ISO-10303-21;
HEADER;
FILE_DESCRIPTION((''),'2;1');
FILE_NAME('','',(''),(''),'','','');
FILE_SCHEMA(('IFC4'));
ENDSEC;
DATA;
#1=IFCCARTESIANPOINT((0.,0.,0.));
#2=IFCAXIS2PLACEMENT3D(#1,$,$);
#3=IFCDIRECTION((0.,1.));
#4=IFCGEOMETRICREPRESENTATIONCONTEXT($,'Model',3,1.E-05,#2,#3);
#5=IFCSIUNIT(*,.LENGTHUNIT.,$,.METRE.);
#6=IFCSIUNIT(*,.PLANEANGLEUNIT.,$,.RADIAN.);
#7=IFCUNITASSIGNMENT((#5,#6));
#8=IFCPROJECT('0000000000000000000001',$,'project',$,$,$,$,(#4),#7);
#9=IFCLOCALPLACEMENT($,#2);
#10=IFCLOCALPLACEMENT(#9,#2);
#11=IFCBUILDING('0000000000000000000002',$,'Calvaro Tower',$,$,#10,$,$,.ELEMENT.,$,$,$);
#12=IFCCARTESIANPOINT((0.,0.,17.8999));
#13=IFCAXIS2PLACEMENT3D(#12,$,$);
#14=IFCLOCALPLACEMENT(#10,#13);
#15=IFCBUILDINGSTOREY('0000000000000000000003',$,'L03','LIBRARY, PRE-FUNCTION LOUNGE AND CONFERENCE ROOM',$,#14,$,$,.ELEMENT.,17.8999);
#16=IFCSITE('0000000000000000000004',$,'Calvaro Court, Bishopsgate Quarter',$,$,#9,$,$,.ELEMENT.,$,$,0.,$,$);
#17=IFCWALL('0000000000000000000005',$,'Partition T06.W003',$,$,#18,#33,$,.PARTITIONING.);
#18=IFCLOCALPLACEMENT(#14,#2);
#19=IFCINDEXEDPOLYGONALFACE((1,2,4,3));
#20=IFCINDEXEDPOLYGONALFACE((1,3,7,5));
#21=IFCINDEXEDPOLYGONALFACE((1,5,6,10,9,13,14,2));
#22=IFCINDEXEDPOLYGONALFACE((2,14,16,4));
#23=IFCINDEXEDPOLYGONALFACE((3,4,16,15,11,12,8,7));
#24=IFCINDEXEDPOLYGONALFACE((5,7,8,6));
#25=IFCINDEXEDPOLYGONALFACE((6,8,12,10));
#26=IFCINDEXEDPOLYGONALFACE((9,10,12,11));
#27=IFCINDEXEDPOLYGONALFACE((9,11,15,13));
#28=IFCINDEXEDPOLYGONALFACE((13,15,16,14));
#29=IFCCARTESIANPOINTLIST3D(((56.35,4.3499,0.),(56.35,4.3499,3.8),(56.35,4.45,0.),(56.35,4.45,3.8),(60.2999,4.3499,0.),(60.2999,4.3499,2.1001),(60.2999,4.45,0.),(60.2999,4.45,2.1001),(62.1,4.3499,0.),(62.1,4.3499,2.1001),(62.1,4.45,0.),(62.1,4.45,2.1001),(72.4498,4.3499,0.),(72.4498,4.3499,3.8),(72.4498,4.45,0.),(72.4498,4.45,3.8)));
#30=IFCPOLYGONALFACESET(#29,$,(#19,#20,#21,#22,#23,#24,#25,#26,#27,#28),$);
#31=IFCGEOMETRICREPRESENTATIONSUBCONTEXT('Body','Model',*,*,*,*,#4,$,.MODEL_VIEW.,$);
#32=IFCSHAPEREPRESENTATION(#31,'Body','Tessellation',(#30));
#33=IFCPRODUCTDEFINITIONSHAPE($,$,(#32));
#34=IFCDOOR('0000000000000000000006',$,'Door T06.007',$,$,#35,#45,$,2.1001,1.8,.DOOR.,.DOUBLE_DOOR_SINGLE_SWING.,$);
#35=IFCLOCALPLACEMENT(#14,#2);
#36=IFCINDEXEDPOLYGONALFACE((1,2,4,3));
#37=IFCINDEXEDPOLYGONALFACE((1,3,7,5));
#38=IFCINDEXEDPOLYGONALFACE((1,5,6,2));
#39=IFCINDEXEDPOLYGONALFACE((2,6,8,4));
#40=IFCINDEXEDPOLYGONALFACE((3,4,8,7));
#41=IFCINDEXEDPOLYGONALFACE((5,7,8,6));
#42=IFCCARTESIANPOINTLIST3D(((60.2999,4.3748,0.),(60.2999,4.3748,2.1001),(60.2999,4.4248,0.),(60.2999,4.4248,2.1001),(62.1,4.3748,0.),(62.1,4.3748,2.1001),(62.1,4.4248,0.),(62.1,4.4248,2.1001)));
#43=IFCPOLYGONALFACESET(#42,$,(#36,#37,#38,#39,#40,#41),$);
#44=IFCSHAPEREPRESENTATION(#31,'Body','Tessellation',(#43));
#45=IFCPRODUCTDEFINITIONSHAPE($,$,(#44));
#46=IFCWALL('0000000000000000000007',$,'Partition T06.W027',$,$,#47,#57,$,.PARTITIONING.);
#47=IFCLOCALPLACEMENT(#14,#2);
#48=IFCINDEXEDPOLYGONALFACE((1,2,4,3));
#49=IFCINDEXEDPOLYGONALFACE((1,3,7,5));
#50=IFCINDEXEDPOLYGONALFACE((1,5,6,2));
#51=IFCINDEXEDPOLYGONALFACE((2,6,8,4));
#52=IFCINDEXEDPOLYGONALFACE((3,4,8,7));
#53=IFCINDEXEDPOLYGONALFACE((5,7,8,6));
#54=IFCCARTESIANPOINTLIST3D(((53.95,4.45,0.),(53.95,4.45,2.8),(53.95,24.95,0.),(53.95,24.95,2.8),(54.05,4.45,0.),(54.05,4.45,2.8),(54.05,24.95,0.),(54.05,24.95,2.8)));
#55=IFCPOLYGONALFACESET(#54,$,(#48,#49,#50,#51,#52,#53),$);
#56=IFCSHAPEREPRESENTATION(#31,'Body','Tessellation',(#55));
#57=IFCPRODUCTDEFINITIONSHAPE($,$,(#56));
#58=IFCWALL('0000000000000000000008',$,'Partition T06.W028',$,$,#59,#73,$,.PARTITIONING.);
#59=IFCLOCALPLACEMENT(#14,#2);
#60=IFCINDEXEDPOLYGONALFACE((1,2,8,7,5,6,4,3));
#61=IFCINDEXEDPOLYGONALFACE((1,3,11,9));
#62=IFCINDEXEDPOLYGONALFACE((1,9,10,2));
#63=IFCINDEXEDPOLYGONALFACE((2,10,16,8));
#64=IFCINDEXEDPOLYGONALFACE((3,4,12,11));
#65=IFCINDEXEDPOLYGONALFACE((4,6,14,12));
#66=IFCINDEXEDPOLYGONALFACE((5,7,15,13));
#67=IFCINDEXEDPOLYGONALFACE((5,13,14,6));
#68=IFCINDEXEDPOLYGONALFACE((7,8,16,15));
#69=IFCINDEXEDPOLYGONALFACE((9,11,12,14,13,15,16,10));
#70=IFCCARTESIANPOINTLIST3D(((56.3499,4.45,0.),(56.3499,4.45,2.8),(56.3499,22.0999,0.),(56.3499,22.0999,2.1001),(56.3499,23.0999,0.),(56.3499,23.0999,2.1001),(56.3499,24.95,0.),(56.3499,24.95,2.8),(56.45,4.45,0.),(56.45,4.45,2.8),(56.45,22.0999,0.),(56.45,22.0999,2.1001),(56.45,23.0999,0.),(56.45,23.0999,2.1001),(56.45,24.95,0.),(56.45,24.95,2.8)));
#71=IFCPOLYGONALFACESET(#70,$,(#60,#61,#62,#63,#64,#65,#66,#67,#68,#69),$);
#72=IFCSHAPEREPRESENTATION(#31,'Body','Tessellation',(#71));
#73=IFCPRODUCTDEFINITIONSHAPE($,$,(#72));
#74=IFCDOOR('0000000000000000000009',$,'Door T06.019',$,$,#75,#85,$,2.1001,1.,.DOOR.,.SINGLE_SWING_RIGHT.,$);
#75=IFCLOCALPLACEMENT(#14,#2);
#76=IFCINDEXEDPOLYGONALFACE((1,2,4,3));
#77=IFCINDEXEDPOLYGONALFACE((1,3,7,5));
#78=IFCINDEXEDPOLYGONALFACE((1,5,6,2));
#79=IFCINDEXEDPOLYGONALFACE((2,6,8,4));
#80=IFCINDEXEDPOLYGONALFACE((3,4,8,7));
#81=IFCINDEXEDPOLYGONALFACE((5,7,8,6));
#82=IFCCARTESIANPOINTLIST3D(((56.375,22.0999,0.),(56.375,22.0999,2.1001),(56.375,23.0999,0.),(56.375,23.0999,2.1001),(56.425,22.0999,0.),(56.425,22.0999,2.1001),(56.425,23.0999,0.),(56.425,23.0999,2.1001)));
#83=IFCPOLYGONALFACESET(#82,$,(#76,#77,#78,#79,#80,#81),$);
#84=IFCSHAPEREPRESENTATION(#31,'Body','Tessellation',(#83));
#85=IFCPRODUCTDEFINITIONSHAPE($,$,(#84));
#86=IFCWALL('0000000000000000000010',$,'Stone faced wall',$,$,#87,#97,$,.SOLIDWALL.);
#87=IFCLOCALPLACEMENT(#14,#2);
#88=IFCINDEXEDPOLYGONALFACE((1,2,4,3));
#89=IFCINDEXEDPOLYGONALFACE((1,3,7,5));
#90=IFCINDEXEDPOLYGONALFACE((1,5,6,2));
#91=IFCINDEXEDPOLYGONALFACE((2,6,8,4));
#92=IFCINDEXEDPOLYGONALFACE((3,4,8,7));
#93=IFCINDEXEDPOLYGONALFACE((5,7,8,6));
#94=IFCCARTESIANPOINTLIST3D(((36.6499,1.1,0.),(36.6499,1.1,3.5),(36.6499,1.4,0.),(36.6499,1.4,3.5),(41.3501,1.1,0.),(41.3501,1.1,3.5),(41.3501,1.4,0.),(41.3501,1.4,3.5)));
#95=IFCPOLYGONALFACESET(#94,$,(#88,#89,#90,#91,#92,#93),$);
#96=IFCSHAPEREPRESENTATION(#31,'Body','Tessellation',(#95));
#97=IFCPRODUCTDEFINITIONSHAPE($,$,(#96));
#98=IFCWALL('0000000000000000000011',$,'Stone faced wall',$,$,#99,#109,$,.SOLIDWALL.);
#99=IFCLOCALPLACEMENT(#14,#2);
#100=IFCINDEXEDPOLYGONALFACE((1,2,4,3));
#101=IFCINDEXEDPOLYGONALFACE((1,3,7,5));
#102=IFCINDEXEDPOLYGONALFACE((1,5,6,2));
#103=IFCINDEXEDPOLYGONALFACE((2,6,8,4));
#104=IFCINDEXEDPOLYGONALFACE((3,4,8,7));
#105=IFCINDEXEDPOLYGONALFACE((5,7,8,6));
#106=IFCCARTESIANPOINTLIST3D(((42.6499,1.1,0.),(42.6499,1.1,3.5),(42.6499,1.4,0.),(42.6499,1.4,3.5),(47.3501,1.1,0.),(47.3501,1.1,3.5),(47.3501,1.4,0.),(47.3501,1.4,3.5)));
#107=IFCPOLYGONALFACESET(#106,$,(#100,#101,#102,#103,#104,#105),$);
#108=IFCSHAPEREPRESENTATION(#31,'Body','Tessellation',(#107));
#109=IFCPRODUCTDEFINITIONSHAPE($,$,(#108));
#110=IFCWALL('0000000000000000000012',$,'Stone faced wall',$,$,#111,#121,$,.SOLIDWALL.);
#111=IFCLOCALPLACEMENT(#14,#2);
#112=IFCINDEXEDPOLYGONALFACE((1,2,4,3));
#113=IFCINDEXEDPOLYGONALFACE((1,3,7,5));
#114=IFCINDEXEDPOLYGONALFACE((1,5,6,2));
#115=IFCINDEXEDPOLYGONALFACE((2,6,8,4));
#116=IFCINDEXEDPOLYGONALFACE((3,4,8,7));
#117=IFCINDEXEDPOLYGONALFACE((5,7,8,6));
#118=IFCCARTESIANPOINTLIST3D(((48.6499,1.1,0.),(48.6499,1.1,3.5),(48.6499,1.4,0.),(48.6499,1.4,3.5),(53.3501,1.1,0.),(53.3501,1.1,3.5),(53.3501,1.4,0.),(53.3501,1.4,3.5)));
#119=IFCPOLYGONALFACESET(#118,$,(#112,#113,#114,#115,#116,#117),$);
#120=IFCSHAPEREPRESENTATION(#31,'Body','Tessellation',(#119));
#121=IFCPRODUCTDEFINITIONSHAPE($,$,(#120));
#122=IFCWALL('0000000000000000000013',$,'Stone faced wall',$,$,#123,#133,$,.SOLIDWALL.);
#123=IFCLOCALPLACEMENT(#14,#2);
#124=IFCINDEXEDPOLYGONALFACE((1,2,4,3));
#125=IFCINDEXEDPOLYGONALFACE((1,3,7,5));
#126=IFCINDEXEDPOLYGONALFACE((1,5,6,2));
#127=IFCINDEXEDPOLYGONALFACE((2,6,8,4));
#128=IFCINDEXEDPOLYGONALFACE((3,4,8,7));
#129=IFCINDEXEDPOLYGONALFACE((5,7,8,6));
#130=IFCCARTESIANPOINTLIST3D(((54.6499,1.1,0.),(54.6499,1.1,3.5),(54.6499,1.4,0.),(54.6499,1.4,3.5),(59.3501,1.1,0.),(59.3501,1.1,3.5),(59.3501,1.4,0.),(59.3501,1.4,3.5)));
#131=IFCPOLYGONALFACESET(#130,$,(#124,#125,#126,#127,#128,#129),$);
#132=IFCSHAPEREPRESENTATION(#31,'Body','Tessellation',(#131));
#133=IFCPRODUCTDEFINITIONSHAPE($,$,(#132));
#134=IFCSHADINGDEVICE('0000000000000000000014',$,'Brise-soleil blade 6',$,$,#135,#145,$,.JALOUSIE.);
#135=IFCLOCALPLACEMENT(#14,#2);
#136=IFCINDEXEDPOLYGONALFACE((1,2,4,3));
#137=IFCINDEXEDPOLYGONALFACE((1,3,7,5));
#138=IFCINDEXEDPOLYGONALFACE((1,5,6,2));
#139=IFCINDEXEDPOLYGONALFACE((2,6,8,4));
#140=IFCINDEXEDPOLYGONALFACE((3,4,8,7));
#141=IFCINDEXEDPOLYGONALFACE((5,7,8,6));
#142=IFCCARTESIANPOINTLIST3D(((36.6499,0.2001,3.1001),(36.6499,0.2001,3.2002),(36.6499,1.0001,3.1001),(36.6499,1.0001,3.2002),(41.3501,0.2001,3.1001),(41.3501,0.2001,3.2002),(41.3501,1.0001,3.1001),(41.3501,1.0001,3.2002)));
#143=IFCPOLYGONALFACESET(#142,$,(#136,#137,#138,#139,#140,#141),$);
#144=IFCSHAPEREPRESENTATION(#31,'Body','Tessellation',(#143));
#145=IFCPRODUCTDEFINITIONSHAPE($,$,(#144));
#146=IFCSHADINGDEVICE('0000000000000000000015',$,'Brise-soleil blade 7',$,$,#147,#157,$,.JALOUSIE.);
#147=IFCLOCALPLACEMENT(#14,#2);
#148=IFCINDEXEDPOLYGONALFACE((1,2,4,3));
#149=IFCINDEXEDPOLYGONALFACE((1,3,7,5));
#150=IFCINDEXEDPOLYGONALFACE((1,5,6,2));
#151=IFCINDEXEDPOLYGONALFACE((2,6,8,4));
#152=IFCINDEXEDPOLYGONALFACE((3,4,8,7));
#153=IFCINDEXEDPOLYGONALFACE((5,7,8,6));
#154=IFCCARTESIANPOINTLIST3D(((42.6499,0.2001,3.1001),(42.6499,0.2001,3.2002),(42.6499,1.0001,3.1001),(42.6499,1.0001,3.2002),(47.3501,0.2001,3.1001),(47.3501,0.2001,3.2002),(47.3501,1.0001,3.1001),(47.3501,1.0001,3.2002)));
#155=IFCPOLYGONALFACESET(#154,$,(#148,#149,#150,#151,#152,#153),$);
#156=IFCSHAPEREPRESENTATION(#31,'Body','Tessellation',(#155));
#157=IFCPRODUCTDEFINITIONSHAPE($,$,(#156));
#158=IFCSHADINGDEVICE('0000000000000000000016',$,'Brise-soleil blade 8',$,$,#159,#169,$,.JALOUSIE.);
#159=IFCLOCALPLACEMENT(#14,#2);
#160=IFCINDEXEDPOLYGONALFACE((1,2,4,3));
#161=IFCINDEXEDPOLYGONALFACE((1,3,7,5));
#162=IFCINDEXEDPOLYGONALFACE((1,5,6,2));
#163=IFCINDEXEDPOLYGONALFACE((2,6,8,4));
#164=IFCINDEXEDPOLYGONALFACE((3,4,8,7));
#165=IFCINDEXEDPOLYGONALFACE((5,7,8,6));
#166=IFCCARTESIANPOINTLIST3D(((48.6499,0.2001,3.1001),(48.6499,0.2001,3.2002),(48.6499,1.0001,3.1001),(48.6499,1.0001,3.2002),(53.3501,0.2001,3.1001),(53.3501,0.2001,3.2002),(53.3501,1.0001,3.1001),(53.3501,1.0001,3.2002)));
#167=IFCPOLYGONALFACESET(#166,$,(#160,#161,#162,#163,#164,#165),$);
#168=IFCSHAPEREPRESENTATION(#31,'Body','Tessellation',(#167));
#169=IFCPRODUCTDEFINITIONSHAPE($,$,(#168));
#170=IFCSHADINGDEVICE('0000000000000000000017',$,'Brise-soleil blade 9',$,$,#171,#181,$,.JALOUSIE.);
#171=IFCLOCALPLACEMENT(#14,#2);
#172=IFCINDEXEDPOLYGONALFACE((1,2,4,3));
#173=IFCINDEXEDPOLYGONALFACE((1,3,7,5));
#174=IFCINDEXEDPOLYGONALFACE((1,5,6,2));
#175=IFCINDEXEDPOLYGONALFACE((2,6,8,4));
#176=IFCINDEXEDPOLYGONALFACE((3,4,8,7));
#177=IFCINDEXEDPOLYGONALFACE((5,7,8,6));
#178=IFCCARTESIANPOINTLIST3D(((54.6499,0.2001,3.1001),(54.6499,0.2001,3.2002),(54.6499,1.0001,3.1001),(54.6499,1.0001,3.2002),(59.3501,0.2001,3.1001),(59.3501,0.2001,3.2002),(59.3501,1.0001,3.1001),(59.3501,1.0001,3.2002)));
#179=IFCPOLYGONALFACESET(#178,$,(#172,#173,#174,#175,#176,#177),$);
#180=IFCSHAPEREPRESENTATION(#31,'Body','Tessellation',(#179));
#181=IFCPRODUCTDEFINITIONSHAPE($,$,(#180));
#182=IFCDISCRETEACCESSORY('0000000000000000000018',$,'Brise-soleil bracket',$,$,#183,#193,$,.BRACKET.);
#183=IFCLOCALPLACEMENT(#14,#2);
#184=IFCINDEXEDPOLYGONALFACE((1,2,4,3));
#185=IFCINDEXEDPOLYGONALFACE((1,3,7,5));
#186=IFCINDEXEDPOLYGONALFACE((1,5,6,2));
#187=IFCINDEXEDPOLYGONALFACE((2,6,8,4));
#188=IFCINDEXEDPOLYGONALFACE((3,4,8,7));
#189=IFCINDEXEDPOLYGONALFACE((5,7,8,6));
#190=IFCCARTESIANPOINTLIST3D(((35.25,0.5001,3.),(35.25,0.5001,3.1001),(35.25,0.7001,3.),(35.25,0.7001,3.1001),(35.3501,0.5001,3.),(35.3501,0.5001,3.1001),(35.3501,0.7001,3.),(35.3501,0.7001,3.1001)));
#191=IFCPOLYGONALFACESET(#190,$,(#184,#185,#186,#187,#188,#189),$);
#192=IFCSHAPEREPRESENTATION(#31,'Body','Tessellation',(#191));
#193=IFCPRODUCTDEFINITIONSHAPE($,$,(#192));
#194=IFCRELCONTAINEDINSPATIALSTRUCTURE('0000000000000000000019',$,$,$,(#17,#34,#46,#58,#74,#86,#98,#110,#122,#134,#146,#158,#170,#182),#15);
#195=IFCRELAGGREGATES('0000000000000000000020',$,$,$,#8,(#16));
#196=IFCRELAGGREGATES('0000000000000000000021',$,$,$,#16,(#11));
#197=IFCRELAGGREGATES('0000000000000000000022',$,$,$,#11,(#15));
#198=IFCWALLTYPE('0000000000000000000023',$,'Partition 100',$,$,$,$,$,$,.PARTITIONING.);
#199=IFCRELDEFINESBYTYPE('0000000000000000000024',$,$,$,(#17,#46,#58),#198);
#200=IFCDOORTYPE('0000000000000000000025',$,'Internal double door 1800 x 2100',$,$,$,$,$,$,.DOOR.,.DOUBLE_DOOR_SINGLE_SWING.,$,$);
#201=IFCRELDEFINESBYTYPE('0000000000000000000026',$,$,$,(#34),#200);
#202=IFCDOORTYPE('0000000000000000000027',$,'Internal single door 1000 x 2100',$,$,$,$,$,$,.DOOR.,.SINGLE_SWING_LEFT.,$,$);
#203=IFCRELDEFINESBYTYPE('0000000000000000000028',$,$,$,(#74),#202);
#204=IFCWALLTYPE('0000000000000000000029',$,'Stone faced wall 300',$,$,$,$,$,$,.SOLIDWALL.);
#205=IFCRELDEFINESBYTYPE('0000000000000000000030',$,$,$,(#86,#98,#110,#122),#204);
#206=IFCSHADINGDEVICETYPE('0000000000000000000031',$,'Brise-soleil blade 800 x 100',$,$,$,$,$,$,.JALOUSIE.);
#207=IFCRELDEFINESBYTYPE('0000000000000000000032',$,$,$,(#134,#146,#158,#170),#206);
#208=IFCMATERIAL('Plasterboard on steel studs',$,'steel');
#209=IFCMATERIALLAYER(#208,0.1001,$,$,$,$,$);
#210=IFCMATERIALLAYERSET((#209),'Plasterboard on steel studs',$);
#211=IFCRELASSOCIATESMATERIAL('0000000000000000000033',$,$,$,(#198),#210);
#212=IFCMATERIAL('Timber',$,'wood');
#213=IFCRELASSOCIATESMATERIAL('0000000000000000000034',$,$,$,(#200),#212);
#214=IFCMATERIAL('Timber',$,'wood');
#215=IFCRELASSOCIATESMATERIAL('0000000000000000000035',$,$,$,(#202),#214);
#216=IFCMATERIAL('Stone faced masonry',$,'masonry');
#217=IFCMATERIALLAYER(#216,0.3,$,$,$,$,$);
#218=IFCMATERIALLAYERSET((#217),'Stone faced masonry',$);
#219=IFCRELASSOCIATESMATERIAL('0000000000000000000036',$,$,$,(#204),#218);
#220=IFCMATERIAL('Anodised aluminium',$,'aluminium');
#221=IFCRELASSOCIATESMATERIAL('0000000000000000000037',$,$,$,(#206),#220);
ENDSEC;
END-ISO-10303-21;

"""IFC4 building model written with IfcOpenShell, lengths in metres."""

from ifc_helpers import new_model, si_unit, direction, frame, frame_2d, origin, origin_2d, place, context, subcontext, project, spatial, rectangle, extrude, material, layer, layer_set, material_profile, profile_set, type_object, element, fill, save


model = new_model("IFC4")

# Units and contexts
model_context = context("Model", 3, precision=1e-05, world=origin(), true_north=direction((0.0, 1.0)))
body_context = subcontext(model_context, "Body", "Model", "MODEL_VIEW")
ifc_project = project(units=[si_unit("LENGTHUNIT", "METRE"), si_unit("PLANEANGLEUNIT", "RADIAN")], contexts=[model_context])

# Site, building, storey
site_placement = place(None, origin())
site = spatial("IfcSite", under=ifc_project, at=site_placement, Name="Calvaro Court, Bishopsgate Quarter", CompositionType="ELEMENT", RefElevation=0.0)
building_placement = place(site_placement, origin())
building = spatial("IfcBuilding", under=site, at=building_placement, Name="Calvaro Tower", CompositionType="ELEMENT")
storey_placement = place(building_placement, frame((0.0, 0.0, 17.8999)))
storey = spatial("IfcBuildingStorey", under=building, at=storey_placement, Name="L03", Description="LIBRARY, PRE-FUNCTION LOUNGE AND CONFERENCE ROOM", CompositionType="ELEMENT", Elevation=17.8999)

# Wall, opening, door
ifc_material_1 = material(Name="Plasterboard on steel studs", Category="steel")
ifc_layer_1 = layer(ifc_material_1, 0.1001)
ifc_layer_set_1 = layer_set([ifc_layer_1], Name="Plasterboard on steel studs")
wall_type_1 = type_object("IfcWallType", Name="Partition 100", PredefinedType="PARTITIONING", material=ifc_layer_set_1)
wall_1_placement = place(storey_placement, frame((56.3501, 4.3999, 0.0), z_axis=(0.0, 0.0, 1.0), x_axis=(1.0, 0.0, 0.0)))
wall_1 = element("IfcWall", 1, at=wall_1_placement, inside=storey, type_object=wall_type_1, Name="Partition T06.W003", PredefinedType="PARTITIONING", context=body_context, shape_type="SweptSolid", body=[
    extrude(rectangle(XDim=16.0999, YDim=0.1001, at=frame_2d((8.0498, 0.0))), origin(), (0.0, 0.0, 1.0), 3.8),
])
opening_1_placement = place(wall_1_placement, frame((3.95, 0.0, 0.0)))
opening_1 = element("IfcOpeningElement", 2, at=opening_1_placement, cuts=wall_1, PredefinedType="OPENING", context=body_context, shape_type="SweptSolid", body=[
    extrude(rectangle(XDim=1.8, YDim=2.1001, at=frame_2d((0.8999, 1.05))), frame((0.0, 0.0601, 0.0), z_axis=(0.0, -1.0, 0.0), x_axis=(1.0, 0.0, 0.0)), (0.0, 0.0, 1.0), 0.1201),
])
ifc_material_2 = material(Name="Timber", Category="wood")
door_type_1 = type_object("IfcDoorType", Name="Internal double door 1800 x 2100", OperationType="DOUBLE_DOOR_SINGLE_SWING", PredefinedType="DOOR", material=ifc_material_2)
door_1_placement = place(opening_1_placement, origin())
door_1 = element("IfcDoor", 3, at=door_1_placement, inside=storey, type_object=door_type_1, Name="Door T06.007", OperationType="DOUBLE_DOOR_SINGLE_SWING", OverallHeight=2.1001, OverallWidth=1.8, PredefinedType="DOOR", context=body_context, shape_type="SweptSolid", body=[
    extrude(rectangle(XDim=1.8, YDim=2.1001, at=frame_2d((0.8999, 1.05))), frame((0.0, 0.0249, 0.0), z_axis=(0.0, -1.0, 0.0), x_axis=(1.0, 0.0, 0.0)), (0.0, 0.0, 1.0), 0.05),
])
fill(opening_1, door_1)

# Wall
wall_2_placement = place(storey_placement, frame((54.0, 4.45, 0.0), z_axis=(0.0, 0.0, 1.0), x_axis=(0.0, 1.0, 0.0)))
element("IfcWall", 4, at=wall_2_placement, inside=storey, type_object=wall_type_1, Name="Partition T06.W027", PredefinedType="PARTITIONING", context=body_context, shape_type="SweptSolid", body=[
    extrude(rectangle(XDim=20.5, YDim=0.1001, at=frame_2d((10.25, 0.0))), origin(), (0.0, 0.0, 1.0), 2.8),
])

# Wall, opening, door
wall_3_placement = place(storey_placement, frame((56.3999, 4.45, 0.0), z_axis=(0.0, 0.0, 1.0), x_axis=(0.0, 1.0, 0.0)))
wall_3 = element("IfcWall", 5, at=wall_3_placement, inside=storey, type_object=wall_type_1, Name="Partition T06.W028", PredefinedType="PARTITIONING", context=body_context, shape_type="SweptSolid", body=[
    extrude(rectangle(XDim=20.5, YDim=0.1001, at=frame_2d((10.25, 0.0))), origin(), (0.0, 0.0, 1.0), 2.8),
])
opening_2_placement = place(wall_3_placement, frame((17.6499, 0.0, 0.0)))
opening_2 = element("IfcOpeningElement", 6, at=opening_2_placement, cuts=wall_3, PredefinedType="OPENING", context=body_context, shape_type="SweptSolid", body=[
    extrude(rectangle(XDim=1.0, YDim=2.1001, at=frame_2d((0.5, 1.05))), frame((0.0, 0.0601, 0.0), z_axis=(0.0, -1.0, 0.0), x_axis=(1.0, 0.0, 0.0)), (0.0, 0.0, 1.0), 0.1201),
])
ifc_material_3 = material(Name="Timber", Category="wood")
door_type_2 = type_object("IfcDoorType", Name="Internal single door 1000 x 2100", OperationType="SINGLE_SWING_LEFT", PredefinedType="DOOR", material=ifc_material_3)
door_2_placement = place(opening_2_placement, origin())
door_2 = element("IfcDoor", 7, at=door_2_placement, inside=storey, type_object=door_type_2, Name="Door T06.019", OperationType="SINGLE_SWING_RIGHT", OverallHeight=2.1001, OverallWidth=1.0, PredefinedType="DOOR", context=body_context, shape_type="SweptSolid", body=[
    extrude(rectangle(XDim=1.0, YDim=2.1001, at=frame_2d((0.5, 1.05))), frame((0.0, 0.0249, 0.0), z_axis=(0.0, -1.0, 0.0), x_axis=(1.0, 0.0, 0.0)), (0.0, 0.0, 1.0), 0.05),
])
fill(opening_2, door_2)

# Walls
ifc_material_4 = material(Name="Stone faced masonry", Category="masonry")
ifc_layer_2 = layer(ifc_material_4, 0.3)
ifc_layer_set_2 = layer_set([ifc_layer_2], Name="Stone faced masonry")
wall_type_2 = type_object("IfcWallType", Name="Stone faced wall 300", PredefinedType="SOLIDWALL", material=ifc_layer_set_2)
for number, where, z_axis, x_axis, name in (
    (8, (36.6499, 1.25, 0.0), (0.0, 0.0, 1.0), (1.0, 0.0, 0.0), "Stone faced wall"),
    (9, (42.6499, 1.25, 0.0), (0.0, 0.0, 1.0), (1.0, 0.0, 0.0), "Stone faced wall"),
    (10, (48.6499, 1.25, 0.0), (0.0, 0.0, 1.0), (1.0, 0.0, 0.0), "Stone faced wall"),
    (11, (54.6499, 1.25, 0.0), (0.0, 0.0, 1.0), (1.0, 0.0, 0.0), "Stone faced wall"),
):
    element("IfcWall", number, at=place(storey_placement, frame(where, z_axis=z_axis, x_axis=x_axis)), inside=storey, type_object=wall_type_2, Name=name, PredefinedType="SOLIDWALL", context=body_context, shape_type="SweptSolid", body=[
        extrude(rectangle(XDim=4.7002, YDim=0.3, at=frame_2d((2.3501, 0.0))), origin(), (0.0, 0.0, 1.0), 3.5),
    ])

# Shading devices
ifc_material_5 = material(Name="Anodised aluminium", Category="aluminium")
ifc_material_profile_1 = material_profile(ifc_material_5, rectangle(XDim=0.8, YDim=0.1001, at=origin_2d()), Name="Brise-soleil blade 800 x 100")
ifc_profile_set_1 = profile_set([ifc_material_profile_1], Name="Anodised aluminium")
shading_device_type = type_object("IfcShadingDeviceType", Name="Brise-soleil blade 800 x 100", PredefinedType="JALOUSIE", material=ifc_profile_set_1)
for number, where, z_axis, x_axis, name in (
    (12, (36.6499, 0.6001, 3.1501), (1.0, 0.0, 0.0), (0.0, 1.0, 0.0), "Brise-soleil blade 6"),
    (13, (42.6499, 0.6001, 3.1501), (1.0, 0.0, 0.0), (0.0, 1.0, 0.0), "Brise-soleil blade 7"),
    (14, (48.6499, 0.6001, 3.1501), (1.0, 0.0, 0.0), (0.0, 1.0, 0.0), "Brise-soleil blade 8"),
    (15, (54.6499, 0.6001, 3.1501), (1.0, 0.0, 0.0), (0.0, 1.0, 0.0), "Brise-soleil blade 9"),
):
    element("IfcShadingDevice", number, at=place(storey_placement, frame(where, z_axis=z_axis, x_axis=x_axis)), inside=storey, type_object=shading_device_type, Name=name, PredefinedType="JALOUSIE", context=body_context, shape_type="SweptSolid", body=[
        extrude(rectangle(XDim=0.8, YDim=0.1001, at=origin_2d()), origin(), (0.0, 0.0, 1.0), 4.7002),
    ])

# Discrete accessory
for number, where, z_axis, x_axis, name in (
    (16, (35.3, 0.6001, 3.0), (0.0, 0.0, 1.0), (1.0, 0.0, 0.0), "Brise-soleil bracket"),
):
    element("IfcDiscreteAccessory", number, at=place(storey_placement, frame(where, z_axis=z_axis, x_axis=x_axis)), inside=storey, Name=name, PredefinedType="BRACKET", context=body_context, shape_type="SweptSolid", body=[
        extrude(rectangle(XDim=0.1001, YDim=0.2, at=origin_2d()), origin(), (0.0, 0.0, 1.0), 0.1001),
    ])

save(model, "model.ifc")
